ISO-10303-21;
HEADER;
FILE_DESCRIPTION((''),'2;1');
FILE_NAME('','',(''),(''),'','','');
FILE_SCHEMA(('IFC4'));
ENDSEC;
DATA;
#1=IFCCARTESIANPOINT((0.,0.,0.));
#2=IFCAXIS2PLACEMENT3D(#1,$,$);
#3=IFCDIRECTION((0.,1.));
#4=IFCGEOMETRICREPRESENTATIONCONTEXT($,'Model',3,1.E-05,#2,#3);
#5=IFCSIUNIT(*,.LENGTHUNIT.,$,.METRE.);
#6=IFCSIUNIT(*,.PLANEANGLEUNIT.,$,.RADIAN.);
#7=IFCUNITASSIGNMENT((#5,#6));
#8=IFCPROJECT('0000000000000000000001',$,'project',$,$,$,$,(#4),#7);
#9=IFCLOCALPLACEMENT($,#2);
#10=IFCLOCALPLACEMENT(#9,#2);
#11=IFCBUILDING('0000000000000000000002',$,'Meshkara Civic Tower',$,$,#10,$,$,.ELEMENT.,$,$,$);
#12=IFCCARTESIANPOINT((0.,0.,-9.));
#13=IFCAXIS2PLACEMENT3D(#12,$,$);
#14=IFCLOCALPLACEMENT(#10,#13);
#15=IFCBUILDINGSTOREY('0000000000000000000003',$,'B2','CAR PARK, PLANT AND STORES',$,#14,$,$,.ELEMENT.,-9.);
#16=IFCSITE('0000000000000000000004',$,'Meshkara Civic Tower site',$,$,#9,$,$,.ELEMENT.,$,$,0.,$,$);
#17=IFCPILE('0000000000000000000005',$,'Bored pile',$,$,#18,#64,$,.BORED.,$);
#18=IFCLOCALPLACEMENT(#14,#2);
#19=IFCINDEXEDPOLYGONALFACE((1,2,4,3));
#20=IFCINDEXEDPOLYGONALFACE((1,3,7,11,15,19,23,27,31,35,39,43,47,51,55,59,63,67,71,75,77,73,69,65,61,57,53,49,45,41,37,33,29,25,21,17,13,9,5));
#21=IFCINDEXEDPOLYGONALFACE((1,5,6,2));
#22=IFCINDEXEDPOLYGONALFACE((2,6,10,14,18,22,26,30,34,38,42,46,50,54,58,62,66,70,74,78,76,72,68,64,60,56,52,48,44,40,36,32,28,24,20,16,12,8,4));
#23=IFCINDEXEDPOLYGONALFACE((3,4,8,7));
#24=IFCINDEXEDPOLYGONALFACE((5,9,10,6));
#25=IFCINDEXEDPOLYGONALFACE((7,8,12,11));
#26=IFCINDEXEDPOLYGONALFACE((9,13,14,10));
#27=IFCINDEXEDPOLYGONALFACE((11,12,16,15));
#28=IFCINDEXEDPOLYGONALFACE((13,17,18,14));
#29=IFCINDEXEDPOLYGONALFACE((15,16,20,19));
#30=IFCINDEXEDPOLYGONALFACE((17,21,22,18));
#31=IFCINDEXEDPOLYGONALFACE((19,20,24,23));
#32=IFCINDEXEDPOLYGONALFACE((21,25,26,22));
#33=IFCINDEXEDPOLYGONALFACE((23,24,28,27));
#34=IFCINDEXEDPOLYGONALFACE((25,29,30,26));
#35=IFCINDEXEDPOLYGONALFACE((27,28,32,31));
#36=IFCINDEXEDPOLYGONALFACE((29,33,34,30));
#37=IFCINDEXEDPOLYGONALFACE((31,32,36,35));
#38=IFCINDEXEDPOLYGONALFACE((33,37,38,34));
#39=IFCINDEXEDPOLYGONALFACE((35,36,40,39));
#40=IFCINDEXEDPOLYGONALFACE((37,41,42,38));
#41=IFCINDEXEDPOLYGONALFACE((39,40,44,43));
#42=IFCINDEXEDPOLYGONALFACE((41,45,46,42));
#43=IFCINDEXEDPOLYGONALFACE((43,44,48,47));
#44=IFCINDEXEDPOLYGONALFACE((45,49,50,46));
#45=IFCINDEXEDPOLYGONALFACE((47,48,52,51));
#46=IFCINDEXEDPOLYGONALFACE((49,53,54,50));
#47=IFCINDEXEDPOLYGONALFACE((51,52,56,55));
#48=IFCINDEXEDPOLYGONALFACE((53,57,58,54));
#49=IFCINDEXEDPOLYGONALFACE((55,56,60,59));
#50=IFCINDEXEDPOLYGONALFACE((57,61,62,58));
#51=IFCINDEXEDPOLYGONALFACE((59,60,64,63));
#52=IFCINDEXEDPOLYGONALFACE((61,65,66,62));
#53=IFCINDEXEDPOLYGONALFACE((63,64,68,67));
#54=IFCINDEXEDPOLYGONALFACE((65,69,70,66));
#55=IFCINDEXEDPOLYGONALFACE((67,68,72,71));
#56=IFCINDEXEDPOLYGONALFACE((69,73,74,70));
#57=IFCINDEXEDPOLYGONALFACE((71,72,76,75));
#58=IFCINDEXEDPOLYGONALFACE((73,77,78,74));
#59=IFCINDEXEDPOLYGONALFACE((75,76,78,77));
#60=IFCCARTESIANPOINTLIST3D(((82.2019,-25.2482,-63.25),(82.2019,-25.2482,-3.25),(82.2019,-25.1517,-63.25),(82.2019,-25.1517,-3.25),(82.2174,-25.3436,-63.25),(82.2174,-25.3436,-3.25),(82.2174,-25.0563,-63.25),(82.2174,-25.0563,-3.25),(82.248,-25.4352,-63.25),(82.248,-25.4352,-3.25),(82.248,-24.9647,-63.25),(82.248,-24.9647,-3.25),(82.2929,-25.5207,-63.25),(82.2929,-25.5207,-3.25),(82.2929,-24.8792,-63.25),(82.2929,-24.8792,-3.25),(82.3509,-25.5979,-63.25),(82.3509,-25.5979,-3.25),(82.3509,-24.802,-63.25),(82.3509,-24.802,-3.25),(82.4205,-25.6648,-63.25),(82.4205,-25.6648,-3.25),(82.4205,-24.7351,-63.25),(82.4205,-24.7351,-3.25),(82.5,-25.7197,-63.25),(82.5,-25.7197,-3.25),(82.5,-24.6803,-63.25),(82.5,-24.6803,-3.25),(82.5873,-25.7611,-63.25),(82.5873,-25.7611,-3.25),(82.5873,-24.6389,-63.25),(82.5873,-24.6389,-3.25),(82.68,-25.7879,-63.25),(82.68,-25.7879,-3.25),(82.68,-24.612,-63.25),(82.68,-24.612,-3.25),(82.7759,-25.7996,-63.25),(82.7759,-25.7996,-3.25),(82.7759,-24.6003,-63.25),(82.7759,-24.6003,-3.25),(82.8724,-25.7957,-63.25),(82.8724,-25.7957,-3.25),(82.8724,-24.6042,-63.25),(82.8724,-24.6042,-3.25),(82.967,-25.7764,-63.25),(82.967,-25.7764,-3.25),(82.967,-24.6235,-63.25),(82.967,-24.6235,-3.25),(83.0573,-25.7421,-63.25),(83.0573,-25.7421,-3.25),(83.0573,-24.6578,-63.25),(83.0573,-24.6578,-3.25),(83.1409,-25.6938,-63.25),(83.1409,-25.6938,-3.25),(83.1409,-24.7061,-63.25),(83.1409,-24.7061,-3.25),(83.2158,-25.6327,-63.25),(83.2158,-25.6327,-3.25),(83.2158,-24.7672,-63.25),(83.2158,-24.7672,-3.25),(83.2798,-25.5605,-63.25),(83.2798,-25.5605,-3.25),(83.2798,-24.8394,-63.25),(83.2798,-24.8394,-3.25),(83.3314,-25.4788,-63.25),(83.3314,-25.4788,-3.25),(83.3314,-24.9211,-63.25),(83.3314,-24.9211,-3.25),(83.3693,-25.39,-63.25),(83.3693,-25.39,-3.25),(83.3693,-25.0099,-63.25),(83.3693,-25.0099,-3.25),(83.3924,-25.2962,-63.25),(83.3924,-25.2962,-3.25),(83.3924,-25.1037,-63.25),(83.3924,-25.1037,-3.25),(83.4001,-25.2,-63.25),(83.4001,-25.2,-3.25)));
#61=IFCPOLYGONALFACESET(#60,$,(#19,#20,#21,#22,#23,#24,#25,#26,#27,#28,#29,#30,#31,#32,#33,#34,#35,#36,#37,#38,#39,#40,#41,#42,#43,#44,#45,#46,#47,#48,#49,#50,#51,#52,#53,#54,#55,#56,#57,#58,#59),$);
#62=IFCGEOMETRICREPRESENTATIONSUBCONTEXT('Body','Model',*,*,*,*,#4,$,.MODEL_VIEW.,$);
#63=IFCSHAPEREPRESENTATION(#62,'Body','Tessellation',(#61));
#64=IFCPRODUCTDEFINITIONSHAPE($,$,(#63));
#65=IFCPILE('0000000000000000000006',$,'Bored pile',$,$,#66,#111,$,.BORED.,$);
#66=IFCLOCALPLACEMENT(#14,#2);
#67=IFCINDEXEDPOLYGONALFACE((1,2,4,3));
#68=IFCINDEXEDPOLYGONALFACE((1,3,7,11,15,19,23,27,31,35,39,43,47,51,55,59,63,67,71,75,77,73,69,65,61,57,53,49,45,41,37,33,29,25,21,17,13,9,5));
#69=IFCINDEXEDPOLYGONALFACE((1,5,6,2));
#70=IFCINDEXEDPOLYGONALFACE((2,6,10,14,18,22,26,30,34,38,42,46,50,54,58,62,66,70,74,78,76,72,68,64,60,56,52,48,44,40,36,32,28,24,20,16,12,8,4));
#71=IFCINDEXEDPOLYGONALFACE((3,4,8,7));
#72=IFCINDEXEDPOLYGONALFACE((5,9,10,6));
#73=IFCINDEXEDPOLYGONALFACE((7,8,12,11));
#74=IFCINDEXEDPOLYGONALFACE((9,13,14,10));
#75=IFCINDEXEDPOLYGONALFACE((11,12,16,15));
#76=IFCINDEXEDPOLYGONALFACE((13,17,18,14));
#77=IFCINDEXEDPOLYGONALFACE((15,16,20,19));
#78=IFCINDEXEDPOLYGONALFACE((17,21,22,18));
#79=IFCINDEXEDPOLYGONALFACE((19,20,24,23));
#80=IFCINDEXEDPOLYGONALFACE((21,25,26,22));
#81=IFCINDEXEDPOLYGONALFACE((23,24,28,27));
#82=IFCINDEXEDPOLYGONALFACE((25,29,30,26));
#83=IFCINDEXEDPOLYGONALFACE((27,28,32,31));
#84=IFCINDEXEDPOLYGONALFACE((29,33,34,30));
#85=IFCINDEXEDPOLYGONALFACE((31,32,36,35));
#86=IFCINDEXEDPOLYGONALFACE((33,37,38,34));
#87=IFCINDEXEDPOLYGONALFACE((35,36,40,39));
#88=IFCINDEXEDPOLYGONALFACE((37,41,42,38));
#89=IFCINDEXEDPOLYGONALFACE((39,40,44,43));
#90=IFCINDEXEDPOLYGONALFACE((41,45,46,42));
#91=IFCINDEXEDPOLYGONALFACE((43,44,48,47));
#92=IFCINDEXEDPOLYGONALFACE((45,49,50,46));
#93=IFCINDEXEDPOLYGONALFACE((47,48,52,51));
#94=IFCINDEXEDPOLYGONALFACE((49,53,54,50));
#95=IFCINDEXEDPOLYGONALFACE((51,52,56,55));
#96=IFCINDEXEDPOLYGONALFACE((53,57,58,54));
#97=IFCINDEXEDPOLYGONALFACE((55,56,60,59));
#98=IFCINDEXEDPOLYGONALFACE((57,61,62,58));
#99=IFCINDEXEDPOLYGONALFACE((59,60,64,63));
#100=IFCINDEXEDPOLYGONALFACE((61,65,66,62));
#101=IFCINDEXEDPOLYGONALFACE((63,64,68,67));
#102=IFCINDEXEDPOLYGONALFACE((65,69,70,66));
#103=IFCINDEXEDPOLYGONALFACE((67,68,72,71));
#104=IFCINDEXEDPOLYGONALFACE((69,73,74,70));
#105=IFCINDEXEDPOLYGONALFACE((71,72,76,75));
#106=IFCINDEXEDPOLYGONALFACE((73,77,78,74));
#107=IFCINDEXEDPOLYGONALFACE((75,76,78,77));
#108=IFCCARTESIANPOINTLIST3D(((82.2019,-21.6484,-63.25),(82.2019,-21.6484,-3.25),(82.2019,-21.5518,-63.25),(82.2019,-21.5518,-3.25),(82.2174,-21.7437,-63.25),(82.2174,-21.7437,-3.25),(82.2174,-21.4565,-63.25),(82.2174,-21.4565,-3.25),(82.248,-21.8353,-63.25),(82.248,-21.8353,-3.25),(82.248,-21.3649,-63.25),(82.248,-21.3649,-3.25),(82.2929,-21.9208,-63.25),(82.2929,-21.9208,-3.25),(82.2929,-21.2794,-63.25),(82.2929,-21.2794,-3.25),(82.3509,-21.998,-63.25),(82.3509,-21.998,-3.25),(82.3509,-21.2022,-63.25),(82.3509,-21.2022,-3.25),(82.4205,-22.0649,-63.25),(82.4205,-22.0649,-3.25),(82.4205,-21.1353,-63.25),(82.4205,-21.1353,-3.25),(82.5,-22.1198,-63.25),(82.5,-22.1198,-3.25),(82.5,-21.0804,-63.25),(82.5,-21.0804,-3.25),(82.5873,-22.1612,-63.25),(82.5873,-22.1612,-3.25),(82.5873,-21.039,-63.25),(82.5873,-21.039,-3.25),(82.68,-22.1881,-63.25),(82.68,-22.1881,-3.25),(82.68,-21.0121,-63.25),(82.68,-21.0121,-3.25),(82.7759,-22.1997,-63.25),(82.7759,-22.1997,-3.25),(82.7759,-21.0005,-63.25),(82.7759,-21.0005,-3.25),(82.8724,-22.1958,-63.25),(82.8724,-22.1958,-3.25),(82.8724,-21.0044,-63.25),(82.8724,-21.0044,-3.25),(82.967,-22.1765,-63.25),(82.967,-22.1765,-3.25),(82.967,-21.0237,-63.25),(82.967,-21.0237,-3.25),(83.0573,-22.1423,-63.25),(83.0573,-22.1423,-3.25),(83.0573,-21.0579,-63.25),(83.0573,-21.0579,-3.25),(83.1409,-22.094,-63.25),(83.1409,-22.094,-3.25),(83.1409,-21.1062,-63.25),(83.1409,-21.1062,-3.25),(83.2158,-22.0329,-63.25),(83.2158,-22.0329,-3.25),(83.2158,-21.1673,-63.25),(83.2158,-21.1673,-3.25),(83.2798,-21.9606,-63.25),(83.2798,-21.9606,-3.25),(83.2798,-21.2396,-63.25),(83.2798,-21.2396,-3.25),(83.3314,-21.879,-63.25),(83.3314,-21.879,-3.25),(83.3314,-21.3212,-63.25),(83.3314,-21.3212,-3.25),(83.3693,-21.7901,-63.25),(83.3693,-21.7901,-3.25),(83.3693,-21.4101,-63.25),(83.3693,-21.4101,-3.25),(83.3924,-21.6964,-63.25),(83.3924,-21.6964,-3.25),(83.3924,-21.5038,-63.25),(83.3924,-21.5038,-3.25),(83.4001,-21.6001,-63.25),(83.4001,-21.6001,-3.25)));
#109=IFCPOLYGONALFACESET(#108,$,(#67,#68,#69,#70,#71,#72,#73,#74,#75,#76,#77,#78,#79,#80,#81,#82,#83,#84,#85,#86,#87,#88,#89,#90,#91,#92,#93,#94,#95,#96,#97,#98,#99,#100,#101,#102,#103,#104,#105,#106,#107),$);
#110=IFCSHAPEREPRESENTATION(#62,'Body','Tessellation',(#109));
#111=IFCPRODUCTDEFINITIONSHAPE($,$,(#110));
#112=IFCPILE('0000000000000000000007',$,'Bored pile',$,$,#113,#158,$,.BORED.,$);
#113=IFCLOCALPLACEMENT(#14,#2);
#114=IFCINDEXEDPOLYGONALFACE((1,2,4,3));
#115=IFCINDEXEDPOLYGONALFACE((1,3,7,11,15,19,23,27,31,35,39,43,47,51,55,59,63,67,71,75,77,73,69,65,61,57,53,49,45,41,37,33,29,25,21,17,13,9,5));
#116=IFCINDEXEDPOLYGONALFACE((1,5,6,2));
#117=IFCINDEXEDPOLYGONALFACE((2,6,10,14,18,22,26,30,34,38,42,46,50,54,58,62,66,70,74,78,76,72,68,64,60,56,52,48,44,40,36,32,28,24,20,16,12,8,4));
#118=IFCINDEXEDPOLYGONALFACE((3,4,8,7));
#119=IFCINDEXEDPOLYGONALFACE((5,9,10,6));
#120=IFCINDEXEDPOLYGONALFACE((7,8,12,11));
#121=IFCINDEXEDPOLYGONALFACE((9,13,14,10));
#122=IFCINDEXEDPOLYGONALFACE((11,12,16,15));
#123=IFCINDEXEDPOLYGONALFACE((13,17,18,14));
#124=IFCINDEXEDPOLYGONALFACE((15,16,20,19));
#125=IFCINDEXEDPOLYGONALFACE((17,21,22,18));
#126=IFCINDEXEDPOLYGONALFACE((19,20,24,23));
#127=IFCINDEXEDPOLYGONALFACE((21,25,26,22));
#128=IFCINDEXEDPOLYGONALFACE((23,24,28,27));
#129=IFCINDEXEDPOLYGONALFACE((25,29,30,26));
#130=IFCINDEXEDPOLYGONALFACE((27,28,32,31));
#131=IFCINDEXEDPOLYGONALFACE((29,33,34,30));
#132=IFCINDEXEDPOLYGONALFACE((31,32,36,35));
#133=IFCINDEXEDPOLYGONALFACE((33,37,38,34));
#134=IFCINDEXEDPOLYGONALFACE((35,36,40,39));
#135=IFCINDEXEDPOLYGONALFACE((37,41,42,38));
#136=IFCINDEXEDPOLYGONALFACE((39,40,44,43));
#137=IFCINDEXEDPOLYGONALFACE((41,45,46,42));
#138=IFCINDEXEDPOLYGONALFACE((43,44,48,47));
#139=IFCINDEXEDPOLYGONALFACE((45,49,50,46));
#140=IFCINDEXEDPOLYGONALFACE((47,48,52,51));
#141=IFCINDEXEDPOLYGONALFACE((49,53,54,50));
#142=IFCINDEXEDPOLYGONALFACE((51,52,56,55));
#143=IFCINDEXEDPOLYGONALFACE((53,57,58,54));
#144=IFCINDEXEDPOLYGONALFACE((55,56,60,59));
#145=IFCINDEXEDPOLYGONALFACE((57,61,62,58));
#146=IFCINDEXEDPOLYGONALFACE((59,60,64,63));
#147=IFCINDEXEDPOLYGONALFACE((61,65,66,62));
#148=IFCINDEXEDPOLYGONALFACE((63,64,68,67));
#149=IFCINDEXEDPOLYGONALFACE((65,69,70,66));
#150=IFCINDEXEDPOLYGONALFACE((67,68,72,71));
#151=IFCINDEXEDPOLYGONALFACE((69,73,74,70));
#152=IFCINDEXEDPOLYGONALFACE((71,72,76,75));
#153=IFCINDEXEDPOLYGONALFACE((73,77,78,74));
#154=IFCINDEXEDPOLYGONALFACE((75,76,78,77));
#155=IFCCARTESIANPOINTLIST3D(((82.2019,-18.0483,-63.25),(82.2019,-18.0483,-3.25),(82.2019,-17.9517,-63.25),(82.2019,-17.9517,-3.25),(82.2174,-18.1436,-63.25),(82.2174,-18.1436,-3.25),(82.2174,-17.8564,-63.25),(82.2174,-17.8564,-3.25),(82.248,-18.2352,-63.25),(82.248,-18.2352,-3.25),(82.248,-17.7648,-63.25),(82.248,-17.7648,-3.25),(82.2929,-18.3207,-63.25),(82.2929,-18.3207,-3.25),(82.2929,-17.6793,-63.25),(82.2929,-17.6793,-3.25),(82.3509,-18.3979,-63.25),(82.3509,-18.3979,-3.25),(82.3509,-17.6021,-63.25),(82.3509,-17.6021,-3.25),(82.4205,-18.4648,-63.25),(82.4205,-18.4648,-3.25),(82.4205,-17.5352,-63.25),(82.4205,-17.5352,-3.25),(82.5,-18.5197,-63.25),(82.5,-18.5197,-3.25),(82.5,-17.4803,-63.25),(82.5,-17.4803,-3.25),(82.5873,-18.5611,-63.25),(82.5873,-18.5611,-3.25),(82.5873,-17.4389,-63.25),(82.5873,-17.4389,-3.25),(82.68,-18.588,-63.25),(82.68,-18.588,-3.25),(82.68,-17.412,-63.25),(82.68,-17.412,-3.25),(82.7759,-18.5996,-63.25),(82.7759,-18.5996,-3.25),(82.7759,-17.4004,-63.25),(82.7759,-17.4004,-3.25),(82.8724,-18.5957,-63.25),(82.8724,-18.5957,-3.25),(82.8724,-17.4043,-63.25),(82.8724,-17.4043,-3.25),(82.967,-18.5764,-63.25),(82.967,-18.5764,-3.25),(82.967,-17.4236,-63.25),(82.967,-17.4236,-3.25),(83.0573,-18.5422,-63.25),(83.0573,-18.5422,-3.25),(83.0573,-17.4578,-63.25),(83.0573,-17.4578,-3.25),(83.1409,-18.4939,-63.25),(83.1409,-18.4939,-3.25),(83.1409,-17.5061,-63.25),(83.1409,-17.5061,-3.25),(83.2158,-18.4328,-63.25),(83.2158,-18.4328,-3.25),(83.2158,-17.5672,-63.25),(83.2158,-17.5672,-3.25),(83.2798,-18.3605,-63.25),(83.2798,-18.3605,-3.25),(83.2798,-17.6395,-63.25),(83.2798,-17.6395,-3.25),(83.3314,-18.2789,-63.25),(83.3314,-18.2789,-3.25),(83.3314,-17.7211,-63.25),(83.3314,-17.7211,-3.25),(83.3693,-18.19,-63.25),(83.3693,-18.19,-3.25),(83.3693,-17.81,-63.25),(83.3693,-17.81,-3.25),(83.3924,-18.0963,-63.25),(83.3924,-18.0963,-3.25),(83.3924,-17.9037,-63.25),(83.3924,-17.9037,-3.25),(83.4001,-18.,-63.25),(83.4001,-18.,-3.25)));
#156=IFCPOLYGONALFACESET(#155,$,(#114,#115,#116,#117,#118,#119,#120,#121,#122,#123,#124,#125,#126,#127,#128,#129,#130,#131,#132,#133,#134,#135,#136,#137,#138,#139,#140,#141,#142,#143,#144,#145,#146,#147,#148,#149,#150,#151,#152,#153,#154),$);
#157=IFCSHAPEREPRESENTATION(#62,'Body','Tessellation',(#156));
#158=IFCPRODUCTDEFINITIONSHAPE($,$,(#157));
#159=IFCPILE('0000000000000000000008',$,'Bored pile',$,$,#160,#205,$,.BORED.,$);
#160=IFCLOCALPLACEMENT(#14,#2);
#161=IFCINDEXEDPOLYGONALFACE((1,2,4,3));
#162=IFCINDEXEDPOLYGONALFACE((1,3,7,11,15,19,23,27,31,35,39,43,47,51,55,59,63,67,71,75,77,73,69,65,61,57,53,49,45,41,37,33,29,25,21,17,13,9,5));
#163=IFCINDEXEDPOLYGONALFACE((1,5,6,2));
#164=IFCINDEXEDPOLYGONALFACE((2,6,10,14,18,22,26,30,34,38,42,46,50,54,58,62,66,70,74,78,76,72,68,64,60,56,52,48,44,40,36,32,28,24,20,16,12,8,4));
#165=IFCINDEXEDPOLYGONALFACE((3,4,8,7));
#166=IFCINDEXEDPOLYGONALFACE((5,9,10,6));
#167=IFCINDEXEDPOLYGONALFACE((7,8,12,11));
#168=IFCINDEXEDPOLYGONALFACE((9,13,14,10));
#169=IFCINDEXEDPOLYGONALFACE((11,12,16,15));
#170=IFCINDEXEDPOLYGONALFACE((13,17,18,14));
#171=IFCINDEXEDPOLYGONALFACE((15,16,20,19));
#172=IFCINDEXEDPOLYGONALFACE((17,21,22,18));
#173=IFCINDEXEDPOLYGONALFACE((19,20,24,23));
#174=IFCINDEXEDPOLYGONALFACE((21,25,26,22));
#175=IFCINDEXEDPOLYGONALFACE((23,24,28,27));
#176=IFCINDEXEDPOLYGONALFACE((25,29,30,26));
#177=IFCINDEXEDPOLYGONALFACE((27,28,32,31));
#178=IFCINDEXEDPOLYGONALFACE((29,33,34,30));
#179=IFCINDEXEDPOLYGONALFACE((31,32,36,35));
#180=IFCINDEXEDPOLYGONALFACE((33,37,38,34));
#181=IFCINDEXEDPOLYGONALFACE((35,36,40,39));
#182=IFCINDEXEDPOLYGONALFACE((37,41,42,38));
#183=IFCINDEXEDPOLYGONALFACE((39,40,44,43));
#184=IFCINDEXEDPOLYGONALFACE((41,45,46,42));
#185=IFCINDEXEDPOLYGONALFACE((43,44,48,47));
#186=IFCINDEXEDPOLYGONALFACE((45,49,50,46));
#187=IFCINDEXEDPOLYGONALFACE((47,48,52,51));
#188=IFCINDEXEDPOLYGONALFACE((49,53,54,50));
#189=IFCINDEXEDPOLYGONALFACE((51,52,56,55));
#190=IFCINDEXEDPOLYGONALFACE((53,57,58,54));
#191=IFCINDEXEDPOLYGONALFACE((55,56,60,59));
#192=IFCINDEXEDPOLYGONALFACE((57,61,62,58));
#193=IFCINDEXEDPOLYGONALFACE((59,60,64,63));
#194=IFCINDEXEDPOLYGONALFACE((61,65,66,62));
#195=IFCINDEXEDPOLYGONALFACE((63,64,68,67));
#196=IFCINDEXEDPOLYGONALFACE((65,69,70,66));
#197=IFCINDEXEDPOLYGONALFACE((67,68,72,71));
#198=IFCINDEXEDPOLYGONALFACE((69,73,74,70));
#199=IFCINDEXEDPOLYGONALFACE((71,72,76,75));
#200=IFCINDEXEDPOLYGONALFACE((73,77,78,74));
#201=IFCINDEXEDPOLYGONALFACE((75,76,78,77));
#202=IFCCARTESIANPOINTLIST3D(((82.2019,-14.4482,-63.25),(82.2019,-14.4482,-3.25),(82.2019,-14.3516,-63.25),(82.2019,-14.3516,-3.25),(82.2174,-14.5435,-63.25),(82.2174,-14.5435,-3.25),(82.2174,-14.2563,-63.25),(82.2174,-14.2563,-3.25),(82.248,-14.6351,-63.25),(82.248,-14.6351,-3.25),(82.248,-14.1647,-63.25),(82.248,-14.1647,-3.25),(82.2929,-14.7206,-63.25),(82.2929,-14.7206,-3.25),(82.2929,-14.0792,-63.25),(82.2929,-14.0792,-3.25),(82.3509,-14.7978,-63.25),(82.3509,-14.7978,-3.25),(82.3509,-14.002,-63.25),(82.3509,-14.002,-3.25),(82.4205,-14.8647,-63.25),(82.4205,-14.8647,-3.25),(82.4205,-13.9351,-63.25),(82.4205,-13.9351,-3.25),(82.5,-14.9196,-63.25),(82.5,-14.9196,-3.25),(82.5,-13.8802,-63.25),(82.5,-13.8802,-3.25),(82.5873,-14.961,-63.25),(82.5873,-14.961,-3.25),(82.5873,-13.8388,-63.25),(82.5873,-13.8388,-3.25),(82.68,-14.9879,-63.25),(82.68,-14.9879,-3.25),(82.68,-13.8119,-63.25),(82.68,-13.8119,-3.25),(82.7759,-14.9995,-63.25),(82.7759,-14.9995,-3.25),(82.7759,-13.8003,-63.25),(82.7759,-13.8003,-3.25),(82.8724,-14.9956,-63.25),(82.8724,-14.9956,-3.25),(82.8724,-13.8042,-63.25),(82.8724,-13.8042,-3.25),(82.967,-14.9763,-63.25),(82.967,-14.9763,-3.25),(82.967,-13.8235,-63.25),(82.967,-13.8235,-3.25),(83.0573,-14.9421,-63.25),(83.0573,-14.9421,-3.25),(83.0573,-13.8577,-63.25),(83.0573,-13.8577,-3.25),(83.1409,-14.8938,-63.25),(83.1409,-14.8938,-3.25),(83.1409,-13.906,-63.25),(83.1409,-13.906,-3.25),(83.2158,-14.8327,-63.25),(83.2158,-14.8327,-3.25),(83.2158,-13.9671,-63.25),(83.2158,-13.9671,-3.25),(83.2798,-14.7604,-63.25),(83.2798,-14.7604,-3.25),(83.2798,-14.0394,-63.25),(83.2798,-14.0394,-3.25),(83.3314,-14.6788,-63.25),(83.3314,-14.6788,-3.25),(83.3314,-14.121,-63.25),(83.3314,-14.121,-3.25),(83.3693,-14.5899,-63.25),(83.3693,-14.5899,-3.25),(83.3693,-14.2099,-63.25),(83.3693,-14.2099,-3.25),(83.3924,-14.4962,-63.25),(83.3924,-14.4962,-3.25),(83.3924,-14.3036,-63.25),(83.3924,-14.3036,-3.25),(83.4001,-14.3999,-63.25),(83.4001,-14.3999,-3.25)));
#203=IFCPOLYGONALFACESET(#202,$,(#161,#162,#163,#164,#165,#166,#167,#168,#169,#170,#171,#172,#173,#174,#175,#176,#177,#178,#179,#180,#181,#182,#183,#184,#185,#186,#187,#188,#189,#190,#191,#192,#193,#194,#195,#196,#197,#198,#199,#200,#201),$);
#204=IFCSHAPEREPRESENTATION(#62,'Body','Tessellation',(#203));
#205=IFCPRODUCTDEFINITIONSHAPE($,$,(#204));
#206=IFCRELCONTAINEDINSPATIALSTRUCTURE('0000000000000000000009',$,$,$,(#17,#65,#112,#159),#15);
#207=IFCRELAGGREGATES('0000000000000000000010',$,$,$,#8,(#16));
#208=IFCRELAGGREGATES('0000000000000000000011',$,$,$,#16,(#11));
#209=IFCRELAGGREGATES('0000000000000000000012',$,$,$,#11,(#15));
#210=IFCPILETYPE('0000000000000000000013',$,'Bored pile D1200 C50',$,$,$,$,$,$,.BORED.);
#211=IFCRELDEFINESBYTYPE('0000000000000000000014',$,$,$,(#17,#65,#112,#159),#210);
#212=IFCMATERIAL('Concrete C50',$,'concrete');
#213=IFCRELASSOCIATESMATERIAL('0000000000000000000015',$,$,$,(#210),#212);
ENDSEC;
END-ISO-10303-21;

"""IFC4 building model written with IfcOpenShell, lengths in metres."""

from ifc_helpers import new_model, si_unit, direction, frame, origin, origin_2d, place, context, subcontext, project, spatial, circle, extrude, material, material_profile, profile_set, type_object, element, save


model = new_model("IFC4")

# Units and contexts
model_context = context("Model", 3, precision=1e-05, world=origin(), true_north=direction((0.0, 1.0)))
body_context = subcontext(model_context, "Body", "Model", "MODEL_VIEW")
ifc_project = project(units=[si_unit("LENGTHUNIT", "METRE"), si_unit("PLANEANGLEUNIT", "RADIAN")], contexts=[model_context])

# Site, building, storey
site_placement = place(None, origin())
site = spatial("IfcSite", under=ifc_project, at=site_placement, Name="Meshkara Civic Tower site", CompositionType="ELEMENT", RefElevation=0.0)
building_placement = place(site_placement, origin())
building = spatial("IfcBuilding", under=site, at=building_placement, Name="Meshkara Civic Tower", CompositionType="ELEMENT")
storey_placement = place(building_placement, frame((0.0, 0.0, -9.0)))
storey = spatial("IfcBuildingStorey", under=building, at=storey_placement, Name="B2", Description="CAR PARK, PLANT AND STORES", CompositionType="ELEMENT", Elevation=-9.0)

# Piles
ifc_material_1 = material(Name="Concrete C50", Category="concrete")
ifc_material_profile_1 = material_profile(ifc_material_1, circle(Radius=0.6001, at=origin_2d()))
ifc_profile_set_1 = profile_set([ifc_material_profile_1], Name="Concrete C50")
pile_type = type_object("IfcPileType", Name="Bored pile D1200 C50", PredefinedType="BORED", material=ifc_profile_set_1)
for number, where, z_axis, x_axis, name in (
    (1, (82.8, -25.2, -3.25), (0.0, 0.0, -1.0), (1.0, 0.0, 0.0), "Bored pile"),
    (2, (82.8, -21.6001, -3.25), (0.0, 0.0, -1.0), (1.0, 0.0, 0.0), "Bored pile"),
    (3, (82.8, -18.0, -3.25), (0.0, 0.0, -1.0), (1.0, 0.0, 0.0), "Bored pile"),
    (4, (82.8, -14.3999, -3.25), (0.0, 0.0, -1.0), (1.0, 0.0, 0.0), "Bored pile"),
):
    element("IfcPile", number, at=place(storey_placement, frame(where, z_axis=z_axis, x_axis=x_axis)), inside=storey, type_object=pile_type, Name=name, PredefinedType="BORED", context=body_context, shape_type="SweptSolid", body=[
        extrude(circle(Radius=0.6001, at=origin_2d()), origin(), (0.0, 0.0, 1.0), 60.0),
    ])

save(model, "model.ifc")
